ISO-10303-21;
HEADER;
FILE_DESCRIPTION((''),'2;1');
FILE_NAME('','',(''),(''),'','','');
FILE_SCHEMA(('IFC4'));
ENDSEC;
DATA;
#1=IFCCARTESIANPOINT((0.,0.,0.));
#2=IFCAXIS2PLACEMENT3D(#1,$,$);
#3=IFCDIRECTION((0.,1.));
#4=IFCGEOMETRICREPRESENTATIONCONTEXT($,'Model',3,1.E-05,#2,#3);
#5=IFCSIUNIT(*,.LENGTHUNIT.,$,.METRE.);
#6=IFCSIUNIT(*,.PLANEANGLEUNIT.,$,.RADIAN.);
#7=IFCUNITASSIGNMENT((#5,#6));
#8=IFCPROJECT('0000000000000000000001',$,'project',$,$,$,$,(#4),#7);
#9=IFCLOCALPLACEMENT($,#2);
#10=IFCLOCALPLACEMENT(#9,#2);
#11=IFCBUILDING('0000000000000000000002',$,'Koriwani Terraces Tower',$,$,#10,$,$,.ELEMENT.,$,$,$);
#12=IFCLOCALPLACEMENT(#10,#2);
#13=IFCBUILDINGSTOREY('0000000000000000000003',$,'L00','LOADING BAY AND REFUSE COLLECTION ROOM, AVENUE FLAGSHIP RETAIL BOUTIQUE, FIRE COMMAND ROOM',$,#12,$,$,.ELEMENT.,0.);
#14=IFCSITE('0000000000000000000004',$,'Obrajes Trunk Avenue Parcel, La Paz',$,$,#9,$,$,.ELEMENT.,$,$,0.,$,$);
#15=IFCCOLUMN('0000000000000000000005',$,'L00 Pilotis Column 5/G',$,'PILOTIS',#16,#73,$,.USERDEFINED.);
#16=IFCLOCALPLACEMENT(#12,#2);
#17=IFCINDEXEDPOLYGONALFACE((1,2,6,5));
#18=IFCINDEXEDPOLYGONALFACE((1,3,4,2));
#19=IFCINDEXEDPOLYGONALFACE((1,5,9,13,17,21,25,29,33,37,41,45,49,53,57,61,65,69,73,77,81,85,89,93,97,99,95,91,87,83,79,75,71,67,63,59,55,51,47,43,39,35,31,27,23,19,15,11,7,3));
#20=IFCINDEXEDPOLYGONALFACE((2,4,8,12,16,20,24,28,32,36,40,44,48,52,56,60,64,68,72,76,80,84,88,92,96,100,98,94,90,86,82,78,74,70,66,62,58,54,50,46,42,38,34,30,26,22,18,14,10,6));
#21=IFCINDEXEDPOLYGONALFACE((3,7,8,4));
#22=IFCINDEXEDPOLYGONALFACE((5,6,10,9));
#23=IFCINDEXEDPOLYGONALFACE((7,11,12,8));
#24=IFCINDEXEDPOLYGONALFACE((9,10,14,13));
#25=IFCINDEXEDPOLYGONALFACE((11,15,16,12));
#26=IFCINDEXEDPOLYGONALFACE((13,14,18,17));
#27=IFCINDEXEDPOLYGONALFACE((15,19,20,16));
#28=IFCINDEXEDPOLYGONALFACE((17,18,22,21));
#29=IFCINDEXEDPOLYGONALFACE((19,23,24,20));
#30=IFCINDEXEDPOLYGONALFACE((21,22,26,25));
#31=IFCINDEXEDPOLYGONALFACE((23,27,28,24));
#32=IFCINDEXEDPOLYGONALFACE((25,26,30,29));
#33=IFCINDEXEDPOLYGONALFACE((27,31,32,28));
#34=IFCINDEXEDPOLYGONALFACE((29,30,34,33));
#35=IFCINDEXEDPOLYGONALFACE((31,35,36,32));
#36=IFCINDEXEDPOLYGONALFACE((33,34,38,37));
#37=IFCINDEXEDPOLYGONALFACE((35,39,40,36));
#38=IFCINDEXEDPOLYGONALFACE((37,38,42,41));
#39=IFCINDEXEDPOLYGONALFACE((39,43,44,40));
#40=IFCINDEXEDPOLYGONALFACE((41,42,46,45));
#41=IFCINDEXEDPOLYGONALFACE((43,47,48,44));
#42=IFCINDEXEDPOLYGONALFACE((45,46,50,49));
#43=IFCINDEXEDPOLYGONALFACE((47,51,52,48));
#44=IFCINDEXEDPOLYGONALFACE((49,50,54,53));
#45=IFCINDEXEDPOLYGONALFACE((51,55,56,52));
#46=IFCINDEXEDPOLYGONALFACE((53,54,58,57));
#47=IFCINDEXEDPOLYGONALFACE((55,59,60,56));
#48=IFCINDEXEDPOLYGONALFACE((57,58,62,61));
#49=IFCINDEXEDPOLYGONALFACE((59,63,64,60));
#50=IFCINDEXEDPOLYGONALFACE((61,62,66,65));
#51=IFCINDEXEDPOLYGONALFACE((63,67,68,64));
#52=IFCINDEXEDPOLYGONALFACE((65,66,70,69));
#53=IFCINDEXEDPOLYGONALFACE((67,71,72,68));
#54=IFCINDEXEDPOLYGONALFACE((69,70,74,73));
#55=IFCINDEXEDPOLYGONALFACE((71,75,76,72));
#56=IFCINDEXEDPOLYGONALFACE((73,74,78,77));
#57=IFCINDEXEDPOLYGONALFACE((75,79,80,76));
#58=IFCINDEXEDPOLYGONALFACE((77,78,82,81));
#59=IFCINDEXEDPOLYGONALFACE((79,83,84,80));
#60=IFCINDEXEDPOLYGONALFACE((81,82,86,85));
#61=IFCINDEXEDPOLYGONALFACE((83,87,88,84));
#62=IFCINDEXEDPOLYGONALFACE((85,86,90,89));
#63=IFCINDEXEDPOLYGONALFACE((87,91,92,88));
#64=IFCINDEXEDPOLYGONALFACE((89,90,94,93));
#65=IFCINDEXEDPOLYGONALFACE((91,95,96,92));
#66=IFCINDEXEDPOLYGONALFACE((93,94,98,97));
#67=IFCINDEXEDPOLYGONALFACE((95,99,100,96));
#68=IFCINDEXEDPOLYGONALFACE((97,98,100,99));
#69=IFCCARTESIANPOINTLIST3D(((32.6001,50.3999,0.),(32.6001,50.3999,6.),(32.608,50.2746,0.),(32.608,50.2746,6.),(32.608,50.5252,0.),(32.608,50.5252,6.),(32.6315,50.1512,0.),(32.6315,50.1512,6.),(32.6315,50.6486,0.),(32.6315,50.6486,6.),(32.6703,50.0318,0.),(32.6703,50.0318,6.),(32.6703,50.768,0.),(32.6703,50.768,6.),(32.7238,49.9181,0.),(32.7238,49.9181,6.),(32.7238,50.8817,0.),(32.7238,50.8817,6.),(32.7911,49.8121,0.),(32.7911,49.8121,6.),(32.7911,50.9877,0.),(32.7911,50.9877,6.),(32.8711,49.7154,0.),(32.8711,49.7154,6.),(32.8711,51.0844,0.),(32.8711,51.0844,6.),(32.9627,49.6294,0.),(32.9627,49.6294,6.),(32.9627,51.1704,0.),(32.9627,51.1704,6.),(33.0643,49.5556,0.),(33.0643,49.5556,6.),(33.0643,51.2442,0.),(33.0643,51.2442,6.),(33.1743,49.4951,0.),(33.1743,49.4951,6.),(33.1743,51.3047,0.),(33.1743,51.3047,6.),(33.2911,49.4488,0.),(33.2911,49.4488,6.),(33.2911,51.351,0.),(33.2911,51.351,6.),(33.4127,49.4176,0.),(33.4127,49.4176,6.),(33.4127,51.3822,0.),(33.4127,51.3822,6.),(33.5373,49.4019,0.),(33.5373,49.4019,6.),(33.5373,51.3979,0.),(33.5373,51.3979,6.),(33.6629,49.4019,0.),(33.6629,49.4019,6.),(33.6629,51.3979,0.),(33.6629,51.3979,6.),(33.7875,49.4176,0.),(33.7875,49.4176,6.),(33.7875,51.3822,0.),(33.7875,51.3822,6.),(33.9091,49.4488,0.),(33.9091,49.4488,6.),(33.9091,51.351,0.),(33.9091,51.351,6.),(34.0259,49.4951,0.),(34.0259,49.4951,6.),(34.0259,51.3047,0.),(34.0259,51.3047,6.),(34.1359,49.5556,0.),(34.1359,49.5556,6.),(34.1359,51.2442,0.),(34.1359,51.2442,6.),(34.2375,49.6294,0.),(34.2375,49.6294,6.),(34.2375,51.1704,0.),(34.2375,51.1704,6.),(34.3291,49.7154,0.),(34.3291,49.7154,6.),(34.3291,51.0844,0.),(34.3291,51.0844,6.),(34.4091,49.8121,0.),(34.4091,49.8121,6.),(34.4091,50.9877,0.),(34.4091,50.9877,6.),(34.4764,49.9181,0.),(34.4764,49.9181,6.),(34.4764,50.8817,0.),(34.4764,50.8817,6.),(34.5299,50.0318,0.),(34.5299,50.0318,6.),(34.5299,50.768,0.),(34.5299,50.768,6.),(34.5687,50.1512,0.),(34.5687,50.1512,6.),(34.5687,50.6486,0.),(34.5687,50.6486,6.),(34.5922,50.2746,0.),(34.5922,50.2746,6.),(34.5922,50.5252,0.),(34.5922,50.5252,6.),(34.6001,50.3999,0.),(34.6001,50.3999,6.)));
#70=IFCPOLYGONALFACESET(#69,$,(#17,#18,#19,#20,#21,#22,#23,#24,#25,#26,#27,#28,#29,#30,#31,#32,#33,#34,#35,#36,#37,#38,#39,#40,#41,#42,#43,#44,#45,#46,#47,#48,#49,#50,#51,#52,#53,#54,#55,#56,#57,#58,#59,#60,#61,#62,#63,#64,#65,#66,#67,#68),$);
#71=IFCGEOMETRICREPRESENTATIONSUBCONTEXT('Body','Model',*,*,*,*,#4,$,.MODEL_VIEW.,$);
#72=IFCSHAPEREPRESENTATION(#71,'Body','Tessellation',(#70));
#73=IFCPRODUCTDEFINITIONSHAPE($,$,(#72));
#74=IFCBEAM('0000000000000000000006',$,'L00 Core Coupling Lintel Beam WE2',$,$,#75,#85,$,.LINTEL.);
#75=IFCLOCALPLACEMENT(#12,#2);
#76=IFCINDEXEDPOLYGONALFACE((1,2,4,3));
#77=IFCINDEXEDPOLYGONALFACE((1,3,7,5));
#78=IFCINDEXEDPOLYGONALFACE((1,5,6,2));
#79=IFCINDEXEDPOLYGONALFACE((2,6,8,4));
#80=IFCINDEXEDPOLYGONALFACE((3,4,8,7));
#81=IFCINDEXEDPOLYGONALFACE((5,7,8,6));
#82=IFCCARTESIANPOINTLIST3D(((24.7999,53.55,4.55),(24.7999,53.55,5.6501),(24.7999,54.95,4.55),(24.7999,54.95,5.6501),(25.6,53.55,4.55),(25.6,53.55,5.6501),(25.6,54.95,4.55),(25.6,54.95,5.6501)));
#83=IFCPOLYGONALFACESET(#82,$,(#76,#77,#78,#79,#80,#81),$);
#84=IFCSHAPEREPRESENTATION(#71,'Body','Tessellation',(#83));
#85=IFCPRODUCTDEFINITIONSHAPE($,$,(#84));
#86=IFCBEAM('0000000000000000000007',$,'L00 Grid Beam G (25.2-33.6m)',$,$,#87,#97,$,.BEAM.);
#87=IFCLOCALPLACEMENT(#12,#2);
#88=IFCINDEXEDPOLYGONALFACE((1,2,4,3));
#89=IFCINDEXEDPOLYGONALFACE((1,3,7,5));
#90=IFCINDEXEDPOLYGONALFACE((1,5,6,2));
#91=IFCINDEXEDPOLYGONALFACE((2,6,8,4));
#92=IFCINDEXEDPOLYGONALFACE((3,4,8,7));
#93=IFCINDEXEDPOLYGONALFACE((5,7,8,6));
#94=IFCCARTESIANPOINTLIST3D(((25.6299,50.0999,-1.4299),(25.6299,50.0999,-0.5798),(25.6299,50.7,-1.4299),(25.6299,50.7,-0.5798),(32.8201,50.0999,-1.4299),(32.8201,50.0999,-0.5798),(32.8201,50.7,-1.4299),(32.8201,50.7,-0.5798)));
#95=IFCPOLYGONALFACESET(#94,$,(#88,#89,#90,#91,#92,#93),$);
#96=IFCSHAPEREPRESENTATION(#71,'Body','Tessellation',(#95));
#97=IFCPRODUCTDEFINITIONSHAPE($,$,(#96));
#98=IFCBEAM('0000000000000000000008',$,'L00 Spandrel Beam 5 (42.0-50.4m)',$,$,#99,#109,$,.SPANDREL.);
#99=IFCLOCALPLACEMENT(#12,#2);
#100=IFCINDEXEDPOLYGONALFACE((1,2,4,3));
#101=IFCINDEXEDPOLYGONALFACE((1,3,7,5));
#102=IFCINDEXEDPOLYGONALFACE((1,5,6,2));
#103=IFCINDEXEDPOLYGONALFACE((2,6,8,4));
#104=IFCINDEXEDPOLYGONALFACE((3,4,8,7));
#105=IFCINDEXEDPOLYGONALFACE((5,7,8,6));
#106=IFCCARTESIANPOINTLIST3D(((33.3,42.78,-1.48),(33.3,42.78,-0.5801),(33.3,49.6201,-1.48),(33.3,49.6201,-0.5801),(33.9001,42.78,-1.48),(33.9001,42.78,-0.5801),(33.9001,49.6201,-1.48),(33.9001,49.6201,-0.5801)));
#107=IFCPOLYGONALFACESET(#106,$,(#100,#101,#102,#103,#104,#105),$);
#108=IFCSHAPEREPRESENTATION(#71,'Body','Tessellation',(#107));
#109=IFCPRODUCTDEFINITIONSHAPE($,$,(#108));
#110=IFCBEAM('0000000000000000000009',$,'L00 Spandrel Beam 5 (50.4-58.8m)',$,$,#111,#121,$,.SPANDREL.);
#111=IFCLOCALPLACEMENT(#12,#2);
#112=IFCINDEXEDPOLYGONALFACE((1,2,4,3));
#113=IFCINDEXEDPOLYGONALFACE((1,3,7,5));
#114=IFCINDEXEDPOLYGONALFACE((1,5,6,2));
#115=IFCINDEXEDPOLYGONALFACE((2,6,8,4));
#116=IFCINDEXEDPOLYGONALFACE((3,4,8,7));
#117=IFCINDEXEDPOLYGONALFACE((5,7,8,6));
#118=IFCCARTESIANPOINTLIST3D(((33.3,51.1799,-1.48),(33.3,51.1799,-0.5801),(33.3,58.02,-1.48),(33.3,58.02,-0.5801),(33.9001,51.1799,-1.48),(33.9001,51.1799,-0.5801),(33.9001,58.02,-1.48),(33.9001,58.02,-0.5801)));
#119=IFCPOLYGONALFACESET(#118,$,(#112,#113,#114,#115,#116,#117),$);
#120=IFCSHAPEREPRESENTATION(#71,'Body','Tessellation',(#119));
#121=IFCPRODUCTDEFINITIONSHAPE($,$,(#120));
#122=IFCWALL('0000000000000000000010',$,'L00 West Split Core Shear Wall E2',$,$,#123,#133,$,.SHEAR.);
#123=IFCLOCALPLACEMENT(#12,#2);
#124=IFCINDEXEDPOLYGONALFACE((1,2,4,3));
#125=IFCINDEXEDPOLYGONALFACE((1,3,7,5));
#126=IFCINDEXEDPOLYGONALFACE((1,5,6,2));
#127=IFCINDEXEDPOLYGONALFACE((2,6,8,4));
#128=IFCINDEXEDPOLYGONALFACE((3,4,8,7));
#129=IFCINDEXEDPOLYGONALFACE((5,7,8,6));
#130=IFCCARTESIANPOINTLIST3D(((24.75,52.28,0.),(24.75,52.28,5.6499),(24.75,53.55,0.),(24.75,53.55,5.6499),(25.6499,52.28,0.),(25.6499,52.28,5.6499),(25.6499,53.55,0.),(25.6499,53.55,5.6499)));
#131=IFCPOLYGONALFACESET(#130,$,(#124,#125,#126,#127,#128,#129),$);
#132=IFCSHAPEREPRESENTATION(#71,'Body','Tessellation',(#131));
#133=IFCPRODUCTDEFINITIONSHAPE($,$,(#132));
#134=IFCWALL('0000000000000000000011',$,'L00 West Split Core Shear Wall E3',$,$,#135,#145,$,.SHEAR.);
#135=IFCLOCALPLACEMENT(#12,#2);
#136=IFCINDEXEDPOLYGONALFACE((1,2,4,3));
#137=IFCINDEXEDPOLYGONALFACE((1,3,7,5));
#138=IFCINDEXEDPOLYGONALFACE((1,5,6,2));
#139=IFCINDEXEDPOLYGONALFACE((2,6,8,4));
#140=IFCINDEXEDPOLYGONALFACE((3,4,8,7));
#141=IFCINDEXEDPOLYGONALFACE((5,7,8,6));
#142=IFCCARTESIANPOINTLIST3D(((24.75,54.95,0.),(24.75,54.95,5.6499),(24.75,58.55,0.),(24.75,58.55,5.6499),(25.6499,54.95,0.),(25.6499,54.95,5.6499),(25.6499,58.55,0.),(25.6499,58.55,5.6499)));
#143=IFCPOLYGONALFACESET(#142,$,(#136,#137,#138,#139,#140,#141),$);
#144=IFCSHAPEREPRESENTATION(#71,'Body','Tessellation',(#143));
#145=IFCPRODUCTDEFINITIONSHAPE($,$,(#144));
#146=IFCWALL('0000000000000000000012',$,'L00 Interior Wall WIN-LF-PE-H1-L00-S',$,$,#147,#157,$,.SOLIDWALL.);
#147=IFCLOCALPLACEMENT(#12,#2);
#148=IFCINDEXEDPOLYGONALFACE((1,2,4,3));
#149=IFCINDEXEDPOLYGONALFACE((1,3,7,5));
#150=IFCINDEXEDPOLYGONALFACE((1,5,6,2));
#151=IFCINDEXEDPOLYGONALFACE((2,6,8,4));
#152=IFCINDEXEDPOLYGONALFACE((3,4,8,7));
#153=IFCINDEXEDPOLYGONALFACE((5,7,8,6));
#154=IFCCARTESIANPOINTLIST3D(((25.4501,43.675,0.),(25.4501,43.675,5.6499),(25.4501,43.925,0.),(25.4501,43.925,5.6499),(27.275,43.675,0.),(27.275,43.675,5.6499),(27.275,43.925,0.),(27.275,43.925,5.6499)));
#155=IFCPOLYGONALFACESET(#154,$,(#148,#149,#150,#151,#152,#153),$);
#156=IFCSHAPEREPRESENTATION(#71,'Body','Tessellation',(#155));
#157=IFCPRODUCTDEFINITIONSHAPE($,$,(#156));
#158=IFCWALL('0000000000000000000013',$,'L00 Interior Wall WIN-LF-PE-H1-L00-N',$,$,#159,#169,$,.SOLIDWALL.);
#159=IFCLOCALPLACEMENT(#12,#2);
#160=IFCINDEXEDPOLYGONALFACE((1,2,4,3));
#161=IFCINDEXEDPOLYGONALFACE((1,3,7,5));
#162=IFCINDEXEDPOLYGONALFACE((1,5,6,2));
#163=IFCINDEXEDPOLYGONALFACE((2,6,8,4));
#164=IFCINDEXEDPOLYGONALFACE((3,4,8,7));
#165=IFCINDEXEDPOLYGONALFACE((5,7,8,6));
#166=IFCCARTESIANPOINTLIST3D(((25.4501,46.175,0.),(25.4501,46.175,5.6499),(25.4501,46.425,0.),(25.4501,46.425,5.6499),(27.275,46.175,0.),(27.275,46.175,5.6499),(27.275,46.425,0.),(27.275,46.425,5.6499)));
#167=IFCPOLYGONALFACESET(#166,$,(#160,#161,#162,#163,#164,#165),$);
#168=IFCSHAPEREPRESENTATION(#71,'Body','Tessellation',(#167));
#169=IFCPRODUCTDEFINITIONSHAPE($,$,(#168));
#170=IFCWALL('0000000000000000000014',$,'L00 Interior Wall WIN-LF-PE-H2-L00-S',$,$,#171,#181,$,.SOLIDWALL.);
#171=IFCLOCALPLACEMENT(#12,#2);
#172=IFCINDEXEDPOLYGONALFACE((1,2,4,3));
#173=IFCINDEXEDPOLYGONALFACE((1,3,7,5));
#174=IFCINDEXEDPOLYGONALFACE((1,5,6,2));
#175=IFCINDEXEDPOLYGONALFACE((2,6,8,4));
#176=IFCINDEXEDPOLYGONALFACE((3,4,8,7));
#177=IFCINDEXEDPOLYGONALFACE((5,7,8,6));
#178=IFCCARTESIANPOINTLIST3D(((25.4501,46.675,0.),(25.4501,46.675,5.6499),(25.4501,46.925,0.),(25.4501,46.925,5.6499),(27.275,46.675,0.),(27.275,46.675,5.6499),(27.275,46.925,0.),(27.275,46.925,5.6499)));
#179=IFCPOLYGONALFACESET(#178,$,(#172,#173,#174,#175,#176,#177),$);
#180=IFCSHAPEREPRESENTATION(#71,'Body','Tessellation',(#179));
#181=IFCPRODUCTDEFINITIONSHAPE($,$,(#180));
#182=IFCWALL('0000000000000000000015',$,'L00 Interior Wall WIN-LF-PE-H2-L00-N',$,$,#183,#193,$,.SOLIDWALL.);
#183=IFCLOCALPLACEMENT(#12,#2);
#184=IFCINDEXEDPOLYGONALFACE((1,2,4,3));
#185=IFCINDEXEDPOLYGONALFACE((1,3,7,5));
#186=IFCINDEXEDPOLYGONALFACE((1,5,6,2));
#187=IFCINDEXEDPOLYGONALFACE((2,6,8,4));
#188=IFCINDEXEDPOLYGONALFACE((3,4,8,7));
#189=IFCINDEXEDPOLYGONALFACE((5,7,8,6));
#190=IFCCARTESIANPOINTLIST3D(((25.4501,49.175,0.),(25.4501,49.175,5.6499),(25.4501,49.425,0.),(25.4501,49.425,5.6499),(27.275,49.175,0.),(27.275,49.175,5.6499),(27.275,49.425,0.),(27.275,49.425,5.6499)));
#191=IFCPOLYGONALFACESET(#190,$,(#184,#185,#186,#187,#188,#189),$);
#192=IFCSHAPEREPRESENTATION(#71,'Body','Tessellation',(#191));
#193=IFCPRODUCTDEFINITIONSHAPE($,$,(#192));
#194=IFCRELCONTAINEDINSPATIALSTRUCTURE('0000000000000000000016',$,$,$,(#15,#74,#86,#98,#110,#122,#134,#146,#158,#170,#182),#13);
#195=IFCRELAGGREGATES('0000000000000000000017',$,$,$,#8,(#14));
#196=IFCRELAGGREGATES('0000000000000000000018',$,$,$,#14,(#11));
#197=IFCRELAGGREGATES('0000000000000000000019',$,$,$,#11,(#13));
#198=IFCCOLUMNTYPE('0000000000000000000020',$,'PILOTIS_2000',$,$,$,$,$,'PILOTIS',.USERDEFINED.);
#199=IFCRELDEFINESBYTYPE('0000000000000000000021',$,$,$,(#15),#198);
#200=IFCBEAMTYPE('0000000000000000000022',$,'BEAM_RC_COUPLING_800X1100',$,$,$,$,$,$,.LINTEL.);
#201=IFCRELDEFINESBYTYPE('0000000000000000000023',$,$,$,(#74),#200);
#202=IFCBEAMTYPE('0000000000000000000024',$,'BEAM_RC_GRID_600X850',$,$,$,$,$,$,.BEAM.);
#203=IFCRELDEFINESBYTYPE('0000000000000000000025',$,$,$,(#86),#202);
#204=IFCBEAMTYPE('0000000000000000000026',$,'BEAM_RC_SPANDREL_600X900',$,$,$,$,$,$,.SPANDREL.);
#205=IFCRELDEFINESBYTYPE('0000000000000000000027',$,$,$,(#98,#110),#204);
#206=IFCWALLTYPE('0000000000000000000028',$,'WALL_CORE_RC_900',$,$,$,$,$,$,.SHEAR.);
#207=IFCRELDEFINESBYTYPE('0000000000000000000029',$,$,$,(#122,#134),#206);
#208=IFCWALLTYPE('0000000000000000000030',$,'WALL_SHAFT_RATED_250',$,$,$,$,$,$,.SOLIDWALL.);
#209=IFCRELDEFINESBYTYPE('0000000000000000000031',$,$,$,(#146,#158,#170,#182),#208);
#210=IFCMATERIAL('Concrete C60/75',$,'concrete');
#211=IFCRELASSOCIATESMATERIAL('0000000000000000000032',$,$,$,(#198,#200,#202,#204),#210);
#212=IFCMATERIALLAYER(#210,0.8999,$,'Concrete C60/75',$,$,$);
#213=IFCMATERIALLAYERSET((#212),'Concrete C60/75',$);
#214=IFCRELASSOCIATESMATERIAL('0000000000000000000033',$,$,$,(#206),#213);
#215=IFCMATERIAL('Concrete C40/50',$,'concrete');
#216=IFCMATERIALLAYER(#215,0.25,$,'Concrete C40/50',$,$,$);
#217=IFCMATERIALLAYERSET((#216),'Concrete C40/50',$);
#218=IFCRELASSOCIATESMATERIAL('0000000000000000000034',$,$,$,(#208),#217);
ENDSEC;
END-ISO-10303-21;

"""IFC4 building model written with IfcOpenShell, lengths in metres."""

from ifc_helpers import new_model, si_unit, direction, frame, frame_2d, origin, origin_2d, place, context, subcontext, project, spatial, rectangle, circle, extrude, material, layer, layer_set, material_profile, profile_set, type_object, element, save


model = new_model("IFC4")

# Units and contexts
model_context = context("Model", 3, precision=1e-05, world=origin(), true_north=direction((0.0, 1.0)))
body_context = subcontext(model_context, "Body", "Model", "MODEL_VIEW")
ifc_project = project(units=[si_unit("LENGTHUNIT", "METRE"), si_unit("PLANEANGLEUNIT", "RADIAN")], contexts=[model_context])

# Site, building, storey
site_placement = place(None, origin())
site = spatial("IfcSite", under=ifc_project, at=site_placement, Name="Obrajes Trunk Avenue Parcel, La Paz", CompositionType="ELEMENT", RefElevation=0.0)
building_placement = place(site_placement, origin())
building = spatial("IfcBuilding", under=site, at=building_placement, Name="Koriwani Terraces Tower", CompositionType="ELEMENT")
storey_placement = place(building_placement, origin())
storey = spatial("IfcBuildingStorey", under=building, at=storey_placement, Name="L00", Description="LOADING BAY AND REFUSE COLLECTION ROOM, AVENUE FLAGSHIP RETAIL BOUTIQUE, FIRE COMMAND ROOM", CompositionType="ELEMENT", Elevation=0.0)

# Column
ifc_material_1 = material(Name="Concrete C60/75", Category="concrete")
ifc_material_profile_1 = material_profile(ifc_material_1, circle(Radius=1.0, at=origin_2d()), Name="Concrete C60/75", Category="LoadBearing")
ifc_profile_set_1 = profile_set([ifc_material_profile_1], Name="Concrete C60/75")
column_type = type_object("IfcColumnType", Name="PILOTIS_2000", ElementType="PILOTIS", PredefinedType="USERDEFINED", material=ifc_profile_set_1)
column_placement = place(storey_placement, frame((33.6001, 50.3999, 0.0), z_axis=(0.0, 0.0, 1.0), x_axis=(1.0, 0.0, 0.0)))
element("IfcColumn", 1, at=column_placement, inside=storey, type_object=column_type, Name="L00 Pilotis Column 5/G", ObjectType="PILOTIS", PredefinedType="USERDEFINED", context=body_context, shape_type="SweptSolid", body=[
    extrude(circle(Radius=1.0, at=origin_2d()), origin(), (0.0, 0.0, 1.0), 6.0),
])

# Beams
ifc_material_profile_2 = material_profile(ifc_material_1, rectangle(XDim=0.8, YDim=1.1001, at=origin_2d()), Name="Concrete C60/75", Category="LoadBearing")
ifc_profile_set_2 = profile_set([ifc_material_profile_2], Name="Concrete C60/75")
beam_type_1 = type_object("IfcBeamType", Name="BEAM_RC_COUPLING_800X1100", PredefinedType="LINTEL", material=ifc_profile_set_2)
beam_1_placement = place(storey_placement, frame((25.2, 53.55, 5.1001), z_axis=(0.0, 1.0, 0.0), x_axis=(-1.0, 0.0, 0.0)))
element("IfcBeam", 2, at=beam_1_placement, inside=storey, type_object=beam_type_1, Name="L00 Core Coupling Lintel Beam WE2", PredefinedType="LINTEL", context=body_context, shape_type="SweptSolid", body=[
    extrude(rectangle(XDim=0.8, YDim=1.1001, at=origin_2d()), origin(), (0.0, 0.0, 1.0), 1.3999),
])
ifc_material_profile_3 = material_profile(ifc_material_1, rectangle(XDim=0.6001, YDim=0.8501, at=origin_2d()), Name="Concrete C60/75", Category="LoadBearing")
ifc_profile_set_3 = profile_set([ifc_material_profile_3], Name="Concrete C60/75")
beam_type_2 = type_object("IfcBeamType", Name="BEAM_RC_GRID_600X850", PredefinedType="BEAM", material=ifc_profile_set_3)
beam_2_placement = place(storey_placement, frame((25.6299, 50.3999, -1.0049), z_axis=(1.0, 0.0, 0.0), x_axis=(0.0, 1.0, 0.0)))
element("IfcBeam", 3, at=beam_2_placement, inside=storey, type_object=beam_type_2, Name="L00 Grid Beam G (25.2-33.6m)", PredefinedType="BEAM", context=body_context, shape_type="SweptSolid", body=[
    extrude(rectangle(XDim=0.6001, YDim=0.8501, at=origin_2d()), origin(), (0.0, 0.0, 1.0), 7.1902),
])
ifc_material_profile_4 = material_profile(ifc_material_1, rectangle(XDim=0.6001, YDim=0.8999, at=origin_2d()), Name="Concrete C60/75", Category="LoadBearing")
ifc_profile_set_4 = profile_set([ifc_material_profile_4], Name="Concrete C60/75")
beam_type_3 = type_object("IfcBeamType", Name="BEAM_RC_SPANDREL_600X900", PredefinedType="SPANDREL", material=ifc_profile_set_4)
for number, where, z_axis, x_axis, name in (
    (4, (33.6001, 42.78, -1.03), (0.0, 1.0, 0.0), (-1.0, 0.0, 0.0), "L00 Spandrel Beam 5 (42.0-50.4m)"),
    (5, (33.6001, 51.1799, -1.03), (0.0, 1.0, 0.0), (-1.0, 0.0, 0.0), "L00 Spandrel Beam 5 (50.4-58.8m)"),
):
    element("IfcBeam", number, at=place(storey_placement, frame(where, z_axis=z_axis, x_axis=x_axis)), inside=storey, type_object=beam_type_3, Name=name, PredefinedType="SPANDREL", context=body_context, shape_type="SweptSolid", body=[
        extrude(rectangle(XDim=0.6001, YDim=0.8999, at=origin_2d()), origin(), (0.0, 0.0, 1.0), 6.8401),
    ])

# Walls
ifc_layer_1 = layer(ifc_material_1, 0.8999, Name="Concrete C60/75")
ifc_layer_set_1 = layer_set([ifc_layer_1], Name="Concrete C60/75")
wall_type_1 = type_object("IfcWallType", Name="WALL_CORE_RC_900", PredefinedType="SHEAR", material=ifc_layer_set_1)
wall_1_placement = place(storey_placement, frame((25.2, 52.28, 0.0), z_axis=(0.0, 0.0, 1.0), x_axis=(0.0, 1.0, 0.0)))
element("IfcWall", 6, at=wall_1_placement, inside=storey, type_object=wall_type_1, Name="L00 West Split Core Shear Wall E2", PredefinedType="SHEAR", context=body_context, shape_type="SweptSolid", body=[
    extrude(rectangle(XDim=1.27, YDim=0.8999, at=frame_2d((0.635, 0.0))), origin(), (0.0, 0.0, 1.0), 5.6499),
])
wall_2_placement = place(storey_placement, frame((25.2, 54.95, 0.0), z_axis=(0.0, 0.0, 1.0), x_axis=(0.0, 1.0, 0.0)))
element("IfcWall", 7, at=wall_2_placement, inside=storey, type_object=wall_type_1, Name="L00 West Split Core Shear Wall E3", PredefinedType="SHEAR", context=body_context, shape_type="SweptSolid", body=[
    extrude(rectangle(XDim=3.6001, YDim=0.8999, at=frame_2d((1.8, 0.0))), origin(), (0.0, 0.0, 1.0), 5.6499),
])

# Shared definitions
ifc_material_2 = material(Name="Concrete C40/50", Category="concrete")
ifc_layer_2 = layer(ifc_material_2, 0.25, Name="Concrete C40/50")
ifc_layer_set_2 = layer_set([ifc_layer_2], Name="Concrete C40/50")
wall_type_2 = type_object("IfcWallType", Name="WALL_SHAFT_RATED_250", PredefinedType="SOLIDWALL", material=ifc_layer_set_2)

# Walls
for number, where, z_axis, x_axis, name in (
    (8, (25.45, 43.8, 0.0), (0.0, 0.0, 1.0), (1.0, 0.0, 0.0), "L00 Interior Wall WIN-LF-PE-H1-L00-S"),
    (9, (25.45, 46.3, 0.0), (0.0, 0.0, 1.0), (1.0, 0.0, 0.0), "L00 Interior Wall WIN-LF-PE-H1-L00-N"),
):
    element("IfcWall", number, at=place(storey_placement, frame(where, z_axis=z_axis, x_axis=x_axis)), inside=storey, type_object=wall_type_2, Name=name, PredefinedType="SOLIDWALL", context=body_context, shape_type="SweptSolid", body=[
        extrude(rectangle(XDim=1.825, YDim=0.25, at=frame_2d((0.9126, 0.0))), origin(), (0.0, 0.0, 1.0), 5.6499),
    ])

# Walls
for number, where, z_axis, x_axis, name in (
    (10, (25.45, 46.8, 0.0), (0.0, 0.0, 1.0), (1.0, 0.0, 0.0), "L00 Interior Wall WIN-LF-PE-H2-L00-S"),
    (11, (25.45, 49.3, 0.0), (0.0, 0.0, 1.0), (1.0, 0.0, 0.0), "L00 Interior Wall WIN-LF-PE-H2-L00-N"),
):
    element("IfcWall", number, at=place(storey_placement, frame(where, z_axis=z_axis, x_axis=x_axis)), inside=storey, type_object=wall_type_2, Name=name, PredefinedType="SOLIDWALL", context=body_context, shape_type="SweptSolid", body=[
        extrude(rectangle(XDim=1.825, YDim=0.25, at=frame_2d((0.9126, 0.0))), origin(), (0.0, 0.0, 1.0), 5.6499),
    ])

save(model, "model.ifc")
